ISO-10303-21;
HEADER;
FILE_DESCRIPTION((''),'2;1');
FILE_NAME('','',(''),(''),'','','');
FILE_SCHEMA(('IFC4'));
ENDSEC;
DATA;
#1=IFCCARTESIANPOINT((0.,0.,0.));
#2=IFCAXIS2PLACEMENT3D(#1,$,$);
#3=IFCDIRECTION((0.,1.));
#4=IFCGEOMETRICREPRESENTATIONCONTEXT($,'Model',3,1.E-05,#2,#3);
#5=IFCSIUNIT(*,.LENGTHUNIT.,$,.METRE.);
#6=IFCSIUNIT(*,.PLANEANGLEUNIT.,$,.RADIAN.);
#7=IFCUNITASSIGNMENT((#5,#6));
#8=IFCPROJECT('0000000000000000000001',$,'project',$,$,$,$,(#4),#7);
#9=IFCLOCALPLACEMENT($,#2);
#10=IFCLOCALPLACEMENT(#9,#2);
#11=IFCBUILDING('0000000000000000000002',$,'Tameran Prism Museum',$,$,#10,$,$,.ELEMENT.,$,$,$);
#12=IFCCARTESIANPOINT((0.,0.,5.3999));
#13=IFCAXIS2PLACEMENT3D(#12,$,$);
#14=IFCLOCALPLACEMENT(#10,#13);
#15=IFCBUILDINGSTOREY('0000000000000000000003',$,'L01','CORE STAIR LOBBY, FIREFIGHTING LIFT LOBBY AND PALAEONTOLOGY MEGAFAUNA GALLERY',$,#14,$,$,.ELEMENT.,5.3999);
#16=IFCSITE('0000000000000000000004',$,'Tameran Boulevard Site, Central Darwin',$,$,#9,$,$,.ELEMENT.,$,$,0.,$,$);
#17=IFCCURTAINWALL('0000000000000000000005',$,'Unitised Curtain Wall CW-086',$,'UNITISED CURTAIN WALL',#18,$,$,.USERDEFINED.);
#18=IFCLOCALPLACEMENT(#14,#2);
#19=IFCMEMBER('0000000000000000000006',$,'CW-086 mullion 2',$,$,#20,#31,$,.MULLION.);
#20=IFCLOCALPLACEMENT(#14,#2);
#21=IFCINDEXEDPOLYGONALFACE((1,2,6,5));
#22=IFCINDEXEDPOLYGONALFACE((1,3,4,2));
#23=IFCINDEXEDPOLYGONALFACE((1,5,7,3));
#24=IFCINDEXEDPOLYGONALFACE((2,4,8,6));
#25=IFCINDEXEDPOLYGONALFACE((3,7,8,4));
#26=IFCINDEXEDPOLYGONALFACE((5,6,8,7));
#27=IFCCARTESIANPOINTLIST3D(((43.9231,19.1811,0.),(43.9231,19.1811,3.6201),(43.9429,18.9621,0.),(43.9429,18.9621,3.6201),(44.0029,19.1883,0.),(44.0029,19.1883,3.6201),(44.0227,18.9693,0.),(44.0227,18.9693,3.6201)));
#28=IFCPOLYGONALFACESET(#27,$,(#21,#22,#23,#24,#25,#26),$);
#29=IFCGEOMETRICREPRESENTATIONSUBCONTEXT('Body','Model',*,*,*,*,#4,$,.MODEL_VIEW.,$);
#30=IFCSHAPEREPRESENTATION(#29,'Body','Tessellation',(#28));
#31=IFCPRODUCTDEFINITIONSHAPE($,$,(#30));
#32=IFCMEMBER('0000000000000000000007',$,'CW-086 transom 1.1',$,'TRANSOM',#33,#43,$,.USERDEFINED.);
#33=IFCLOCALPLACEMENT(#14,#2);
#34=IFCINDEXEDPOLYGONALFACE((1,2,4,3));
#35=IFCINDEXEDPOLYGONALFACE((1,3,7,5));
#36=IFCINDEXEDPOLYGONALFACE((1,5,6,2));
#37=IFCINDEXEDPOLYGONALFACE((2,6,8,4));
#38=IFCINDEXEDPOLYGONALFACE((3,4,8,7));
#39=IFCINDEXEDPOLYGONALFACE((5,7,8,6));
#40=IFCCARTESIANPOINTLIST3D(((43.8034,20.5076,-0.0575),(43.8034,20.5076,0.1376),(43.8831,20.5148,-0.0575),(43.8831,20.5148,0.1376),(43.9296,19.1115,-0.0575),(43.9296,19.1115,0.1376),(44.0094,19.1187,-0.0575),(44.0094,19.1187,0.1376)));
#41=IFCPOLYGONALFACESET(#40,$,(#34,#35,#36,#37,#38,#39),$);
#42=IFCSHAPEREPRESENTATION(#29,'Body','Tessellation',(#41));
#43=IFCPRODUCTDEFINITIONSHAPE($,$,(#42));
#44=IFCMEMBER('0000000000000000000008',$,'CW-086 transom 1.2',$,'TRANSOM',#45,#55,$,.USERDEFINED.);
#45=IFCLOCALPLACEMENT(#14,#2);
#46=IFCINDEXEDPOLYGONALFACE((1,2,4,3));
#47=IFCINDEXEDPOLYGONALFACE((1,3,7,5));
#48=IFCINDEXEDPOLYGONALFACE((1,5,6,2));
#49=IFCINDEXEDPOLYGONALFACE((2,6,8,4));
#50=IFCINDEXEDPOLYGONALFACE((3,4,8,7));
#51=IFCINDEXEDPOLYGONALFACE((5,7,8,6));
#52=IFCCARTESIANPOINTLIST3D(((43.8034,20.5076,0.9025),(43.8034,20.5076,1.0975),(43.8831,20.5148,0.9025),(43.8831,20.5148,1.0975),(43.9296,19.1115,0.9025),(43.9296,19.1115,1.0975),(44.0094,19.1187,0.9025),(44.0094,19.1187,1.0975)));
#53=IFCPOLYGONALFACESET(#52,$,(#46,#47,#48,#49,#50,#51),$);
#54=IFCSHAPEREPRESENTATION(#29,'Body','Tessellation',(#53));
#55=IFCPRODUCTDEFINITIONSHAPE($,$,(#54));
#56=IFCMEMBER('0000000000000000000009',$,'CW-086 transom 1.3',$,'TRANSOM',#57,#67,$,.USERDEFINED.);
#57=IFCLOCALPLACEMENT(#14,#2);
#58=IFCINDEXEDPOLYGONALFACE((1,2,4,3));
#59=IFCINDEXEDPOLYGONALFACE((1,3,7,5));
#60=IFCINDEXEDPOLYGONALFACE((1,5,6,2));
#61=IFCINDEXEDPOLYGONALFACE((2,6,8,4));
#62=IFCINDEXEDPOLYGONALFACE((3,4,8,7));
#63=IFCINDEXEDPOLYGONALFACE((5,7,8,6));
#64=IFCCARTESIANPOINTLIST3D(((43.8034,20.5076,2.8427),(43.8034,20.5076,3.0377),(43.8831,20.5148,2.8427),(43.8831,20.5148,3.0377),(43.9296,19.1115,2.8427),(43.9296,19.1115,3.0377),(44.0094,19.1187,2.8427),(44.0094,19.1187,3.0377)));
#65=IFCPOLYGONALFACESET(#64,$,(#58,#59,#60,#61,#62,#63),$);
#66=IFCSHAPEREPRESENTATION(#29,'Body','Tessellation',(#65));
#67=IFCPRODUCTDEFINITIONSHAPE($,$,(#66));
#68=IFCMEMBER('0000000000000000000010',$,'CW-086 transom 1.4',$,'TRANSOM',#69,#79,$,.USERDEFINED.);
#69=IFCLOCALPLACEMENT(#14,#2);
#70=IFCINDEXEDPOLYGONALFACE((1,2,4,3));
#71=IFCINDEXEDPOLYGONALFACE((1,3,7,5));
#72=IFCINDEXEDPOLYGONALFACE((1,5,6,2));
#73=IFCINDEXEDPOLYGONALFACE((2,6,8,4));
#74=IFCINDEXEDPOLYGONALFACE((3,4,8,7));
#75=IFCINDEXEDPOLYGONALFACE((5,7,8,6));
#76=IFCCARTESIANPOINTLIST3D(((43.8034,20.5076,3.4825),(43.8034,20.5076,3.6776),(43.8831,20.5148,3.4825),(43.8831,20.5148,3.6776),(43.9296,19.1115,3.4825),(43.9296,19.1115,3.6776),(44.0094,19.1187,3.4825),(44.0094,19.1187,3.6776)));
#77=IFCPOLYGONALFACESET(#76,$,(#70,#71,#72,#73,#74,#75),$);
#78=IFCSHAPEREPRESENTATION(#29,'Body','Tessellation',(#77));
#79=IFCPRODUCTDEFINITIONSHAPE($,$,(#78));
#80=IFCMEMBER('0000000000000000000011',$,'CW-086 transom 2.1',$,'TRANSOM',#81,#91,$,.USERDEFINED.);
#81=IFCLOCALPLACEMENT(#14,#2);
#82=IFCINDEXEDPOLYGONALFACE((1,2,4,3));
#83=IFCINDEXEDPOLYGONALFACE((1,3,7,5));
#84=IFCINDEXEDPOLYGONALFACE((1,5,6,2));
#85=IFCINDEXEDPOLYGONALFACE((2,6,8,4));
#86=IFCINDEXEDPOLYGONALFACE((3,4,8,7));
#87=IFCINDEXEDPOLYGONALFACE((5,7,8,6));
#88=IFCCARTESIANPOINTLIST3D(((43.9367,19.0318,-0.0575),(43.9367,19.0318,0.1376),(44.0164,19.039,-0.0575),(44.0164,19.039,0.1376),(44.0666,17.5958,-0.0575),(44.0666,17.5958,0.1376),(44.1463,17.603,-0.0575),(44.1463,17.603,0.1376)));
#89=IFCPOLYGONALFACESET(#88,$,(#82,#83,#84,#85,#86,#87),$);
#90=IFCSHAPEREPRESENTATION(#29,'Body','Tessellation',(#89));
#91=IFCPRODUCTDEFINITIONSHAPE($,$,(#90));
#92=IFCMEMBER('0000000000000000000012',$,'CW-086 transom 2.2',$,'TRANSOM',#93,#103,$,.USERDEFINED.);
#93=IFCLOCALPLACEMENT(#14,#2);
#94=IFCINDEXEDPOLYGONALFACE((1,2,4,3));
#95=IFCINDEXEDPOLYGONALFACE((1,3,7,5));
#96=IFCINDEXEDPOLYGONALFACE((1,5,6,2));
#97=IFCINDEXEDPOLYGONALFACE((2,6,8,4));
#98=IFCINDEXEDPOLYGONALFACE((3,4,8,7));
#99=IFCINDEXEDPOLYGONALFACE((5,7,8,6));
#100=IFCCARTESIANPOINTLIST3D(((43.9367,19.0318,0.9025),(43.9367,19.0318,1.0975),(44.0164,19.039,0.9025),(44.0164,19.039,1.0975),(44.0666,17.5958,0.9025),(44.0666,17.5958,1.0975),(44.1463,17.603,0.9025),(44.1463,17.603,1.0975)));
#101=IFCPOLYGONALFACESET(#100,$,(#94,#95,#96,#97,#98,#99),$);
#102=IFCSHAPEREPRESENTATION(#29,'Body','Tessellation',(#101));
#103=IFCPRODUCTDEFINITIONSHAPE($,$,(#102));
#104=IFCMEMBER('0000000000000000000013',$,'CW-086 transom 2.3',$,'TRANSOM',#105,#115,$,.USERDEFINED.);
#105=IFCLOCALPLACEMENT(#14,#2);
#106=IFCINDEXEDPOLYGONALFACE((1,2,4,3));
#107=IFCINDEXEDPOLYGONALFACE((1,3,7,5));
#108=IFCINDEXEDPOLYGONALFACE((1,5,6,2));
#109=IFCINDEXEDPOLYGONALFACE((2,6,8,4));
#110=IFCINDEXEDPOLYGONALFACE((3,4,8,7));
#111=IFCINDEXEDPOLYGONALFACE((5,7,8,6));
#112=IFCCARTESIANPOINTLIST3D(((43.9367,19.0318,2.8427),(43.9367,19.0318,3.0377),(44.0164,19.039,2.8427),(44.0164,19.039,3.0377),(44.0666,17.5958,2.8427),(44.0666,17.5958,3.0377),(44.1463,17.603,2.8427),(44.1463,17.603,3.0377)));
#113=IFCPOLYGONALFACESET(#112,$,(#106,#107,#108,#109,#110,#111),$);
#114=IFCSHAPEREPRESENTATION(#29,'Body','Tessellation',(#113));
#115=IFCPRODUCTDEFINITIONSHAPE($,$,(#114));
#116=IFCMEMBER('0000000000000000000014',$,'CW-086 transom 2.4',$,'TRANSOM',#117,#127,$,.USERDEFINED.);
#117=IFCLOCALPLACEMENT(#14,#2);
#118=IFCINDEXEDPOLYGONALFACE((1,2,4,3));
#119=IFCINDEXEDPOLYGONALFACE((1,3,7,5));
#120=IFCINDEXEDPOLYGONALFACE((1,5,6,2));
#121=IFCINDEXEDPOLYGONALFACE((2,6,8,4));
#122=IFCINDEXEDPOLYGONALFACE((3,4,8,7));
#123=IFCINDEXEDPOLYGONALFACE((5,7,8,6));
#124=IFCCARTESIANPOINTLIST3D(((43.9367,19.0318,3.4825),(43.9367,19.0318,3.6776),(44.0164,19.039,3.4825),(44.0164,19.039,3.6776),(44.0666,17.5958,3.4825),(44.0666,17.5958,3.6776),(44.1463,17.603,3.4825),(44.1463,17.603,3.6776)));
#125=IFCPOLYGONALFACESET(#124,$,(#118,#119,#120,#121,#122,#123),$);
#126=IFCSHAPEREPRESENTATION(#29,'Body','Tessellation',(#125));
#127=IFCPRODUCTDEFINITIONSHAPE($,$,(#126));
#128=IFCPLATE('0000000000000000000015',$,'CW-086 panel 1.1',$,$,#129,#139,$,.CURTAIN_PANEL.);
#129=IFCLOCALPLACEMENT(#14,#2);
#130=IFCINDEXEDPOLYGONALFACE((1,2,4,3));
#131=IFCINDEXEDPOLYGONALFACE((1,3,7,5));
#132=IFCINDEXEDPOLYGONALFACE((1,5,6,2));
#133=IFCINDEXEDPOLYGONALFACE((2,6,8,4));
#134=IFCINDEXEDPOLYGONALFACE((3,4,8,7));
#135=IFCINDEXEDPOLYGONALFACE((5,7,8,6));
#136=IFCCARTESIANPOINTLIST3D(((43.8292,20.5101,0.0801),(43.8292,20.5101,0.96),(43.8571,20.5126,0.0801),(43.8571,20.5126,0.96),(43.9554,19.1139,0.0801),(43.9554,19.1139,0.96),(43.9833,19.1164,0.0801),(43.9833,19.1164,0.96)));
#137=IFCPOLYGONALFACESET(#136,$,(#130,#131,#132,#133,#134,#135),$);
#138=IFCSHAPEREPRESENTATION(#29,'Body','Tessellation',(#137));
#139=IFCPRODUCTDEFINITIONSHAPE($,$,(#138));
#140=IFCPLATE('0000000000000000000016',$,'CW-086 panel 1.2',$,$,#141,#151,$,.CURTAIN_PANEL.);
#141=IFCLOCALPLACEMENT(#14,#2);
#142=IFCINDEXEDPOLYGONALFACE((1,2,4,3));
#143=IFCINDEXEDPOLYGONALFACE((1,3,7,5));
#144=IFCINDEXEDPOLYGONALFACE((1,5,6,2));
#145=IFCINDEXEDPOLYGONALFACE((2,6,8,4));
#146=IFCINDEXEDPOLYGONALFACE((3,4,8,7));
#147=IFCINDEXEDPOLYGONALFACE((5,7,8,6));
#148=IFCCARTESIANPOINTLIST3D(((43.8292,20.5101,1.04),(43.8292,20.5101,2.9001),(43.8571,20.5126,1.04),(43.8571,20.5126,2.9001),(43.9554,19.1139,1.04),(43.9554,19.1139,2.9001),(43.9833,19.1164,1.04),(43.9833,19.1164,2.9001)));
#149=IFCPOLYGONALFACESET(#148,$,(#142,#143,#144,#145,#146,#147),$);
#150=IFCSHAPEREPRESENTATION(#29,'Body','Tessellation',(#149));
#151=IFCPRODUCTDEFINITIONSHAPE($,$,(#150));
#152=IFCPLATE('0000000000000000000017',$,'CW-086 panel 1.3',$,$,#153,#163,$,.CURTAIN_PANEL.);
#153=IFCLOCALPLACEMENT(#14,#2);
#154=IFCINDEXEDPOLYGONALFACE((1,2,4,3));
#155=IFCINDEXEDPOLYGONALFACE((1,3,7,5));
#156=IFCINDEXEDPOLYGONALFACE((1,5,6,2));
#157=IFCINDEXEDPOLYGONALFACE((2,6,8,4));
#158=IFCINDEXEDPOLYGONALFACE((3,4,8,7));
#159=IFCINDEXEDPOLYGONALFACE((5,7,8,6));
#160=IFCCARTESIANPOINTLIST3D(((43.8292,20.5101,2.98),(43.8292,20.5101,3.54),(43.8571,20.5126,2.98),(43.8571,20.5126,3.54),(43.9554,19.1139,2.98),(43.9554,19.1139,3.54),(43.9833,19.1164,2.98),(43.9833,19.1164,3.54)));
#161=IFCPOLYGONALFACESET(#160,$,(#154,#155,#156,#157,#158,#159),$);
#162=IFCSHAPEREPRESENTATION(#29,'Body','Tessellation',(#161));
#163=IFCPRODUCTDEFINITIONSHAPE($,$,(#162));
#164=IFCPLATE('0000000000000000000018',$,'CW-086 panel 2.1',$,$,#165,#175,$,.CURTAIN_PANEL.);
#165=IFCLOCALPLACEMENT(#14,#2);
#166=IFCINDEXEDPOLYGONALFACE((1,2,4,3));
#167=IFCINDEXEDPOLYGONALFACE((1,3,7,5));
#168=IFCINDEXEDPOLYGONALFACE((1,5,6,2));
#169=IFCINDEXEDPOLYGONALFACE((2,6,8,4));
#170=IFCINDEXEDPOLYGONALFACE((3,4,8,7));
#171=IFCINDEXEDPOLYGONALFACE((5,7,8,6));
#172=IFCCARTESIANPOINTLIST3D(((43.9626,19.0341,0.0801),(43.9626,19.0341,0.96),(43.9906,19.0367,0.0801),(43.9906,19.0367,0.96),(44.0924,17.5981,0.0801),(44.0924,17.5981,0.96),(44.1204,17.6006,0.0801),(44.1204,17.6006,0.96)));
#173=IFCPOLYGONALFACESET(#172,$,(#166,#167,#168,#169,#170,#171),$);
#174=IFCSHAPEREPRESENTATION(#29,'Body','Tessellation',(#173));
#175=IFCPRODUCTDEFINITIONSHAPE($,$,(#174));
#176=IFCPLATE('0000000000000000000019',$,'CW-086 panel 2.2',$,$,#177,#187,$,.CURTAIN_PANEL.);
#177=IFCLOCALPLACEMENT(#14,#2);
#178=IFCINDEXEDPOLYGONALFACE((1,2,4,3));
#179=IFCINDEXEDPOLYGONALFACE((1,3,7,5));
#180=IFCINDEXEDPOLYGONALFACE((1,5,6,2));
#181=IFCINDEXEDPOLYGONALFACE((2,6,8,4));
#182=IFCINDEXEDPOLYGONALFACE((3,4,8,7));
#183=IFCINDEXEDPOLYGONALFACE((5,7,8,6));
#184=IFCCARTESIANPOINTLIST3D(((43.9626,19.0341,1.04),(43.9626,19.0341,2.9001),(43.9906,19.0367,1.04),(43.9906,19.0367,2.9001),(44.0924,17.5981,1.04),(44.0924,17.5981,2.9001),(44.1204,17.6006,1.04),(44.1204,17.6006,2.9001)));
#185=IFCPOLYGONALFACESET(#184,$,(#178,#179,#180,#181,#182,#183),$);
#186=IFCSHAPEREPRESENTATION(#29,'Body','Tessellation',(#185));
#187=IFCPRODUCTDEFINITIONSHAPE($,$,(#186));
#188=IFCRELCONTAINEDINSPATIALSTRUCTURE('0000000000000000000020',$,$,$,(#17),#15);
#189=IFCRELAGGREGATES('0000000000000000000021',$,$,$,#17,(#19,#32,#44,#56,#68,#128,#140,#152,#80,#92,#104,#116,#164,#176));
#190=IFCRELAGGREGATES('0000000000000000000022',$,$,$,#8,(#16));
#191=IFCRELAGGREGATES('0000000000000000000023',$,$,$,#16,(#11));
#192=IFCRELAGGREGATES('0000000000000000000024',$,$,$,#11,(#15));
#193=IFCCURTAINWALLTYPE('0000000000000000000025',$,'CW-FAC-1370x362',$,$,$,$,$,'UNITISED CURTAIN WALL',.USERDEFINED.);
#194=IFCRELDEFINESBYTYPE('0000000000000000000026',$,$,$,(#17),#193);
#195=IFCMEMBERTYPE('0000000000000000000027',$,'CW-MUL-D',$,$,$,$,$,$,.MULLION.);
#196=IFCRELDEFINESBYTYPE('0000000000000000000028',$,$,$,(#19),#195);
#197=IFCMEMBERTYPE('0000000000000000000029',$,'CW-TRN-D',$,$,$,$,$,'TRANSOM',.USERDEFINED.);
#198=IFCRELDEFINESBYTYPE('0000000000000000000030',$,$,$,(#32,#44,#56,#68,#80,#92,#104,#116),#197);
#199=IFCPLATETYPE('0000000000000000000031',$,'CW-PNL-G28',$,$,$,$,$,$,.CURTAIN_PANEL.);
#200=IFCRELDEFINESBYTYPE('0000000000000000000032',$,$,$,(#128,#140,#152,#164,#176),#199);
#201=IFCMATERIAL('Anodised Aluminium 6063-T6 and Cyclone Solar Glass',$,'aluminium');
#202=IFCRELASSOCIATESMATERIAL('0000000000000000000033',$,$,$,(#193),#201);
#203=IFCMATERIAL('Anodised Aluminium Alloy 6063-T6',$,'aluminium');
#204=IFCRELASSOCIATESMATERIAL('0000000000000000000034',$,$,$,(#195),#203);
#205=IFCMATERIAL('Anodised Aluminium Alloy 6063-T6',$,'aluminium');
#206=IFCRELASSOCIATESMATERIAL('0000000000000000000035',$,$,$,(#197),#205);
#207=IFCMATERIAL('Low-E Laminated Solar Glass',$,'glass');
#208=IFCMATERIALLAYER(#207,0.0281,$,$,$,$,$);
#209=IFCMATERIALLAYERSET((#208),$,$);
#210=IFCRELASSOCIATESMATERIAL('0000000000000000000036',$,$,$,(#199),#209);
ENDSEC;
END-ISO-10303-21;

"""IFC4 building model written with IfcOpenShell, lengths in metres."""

from ifc_helpers import new_model, si_unit, direction, frame, origin, origin_2d, place, context, subcontext, project, spatial, rectangle, extrude, material, layer, layer_set, material_profile, profile_set, type_object, element, aggregate, save


model = new_model("IFC4")

# Units and contexts
model_context = context("Model", 3, precision=1e-05, world=origin(), true_north=direction((0.0, 1.0)))
body_context = subcontext(model_context, "Body", "Model", "MODEL_VIEW")
ifc_project = project(units=[si_unit("LENGTHUNIT", "METRE"), si_unit("PLANEANGLEUNIT", "RADIAN")], contexts=[model_context])

# Site, building, storey
site_placement = place(None, origin())
site = spatial("IfcSite", under=ifc_project, at=site_placement, Name="Tameran Boulevard Site, Central Darwin", CompositionType="ELEMENT", RefElevation=0.0)
building_placement = place(site_placement, origin())
building = spatial("IfcBuilding", under=site, at=building_placement, Name="Tameran Prism Museum", CompositionType="ELEMENT")
storey_placement = place(building_placement, frame((0.0, 0.0, 5.3999)))
storey = spatial("IfcBuildingStorey", under=building, at=storey_placement, Name="L01", Description="CORE STAIR LOBBY, FIREFIGHTING LIFT LOBBY AND PALAEONTOLOGY MEGAFAUNA GALLERY", CompositionType="ELEMENT", Elevation=5.3999)

# Curtain wall, members, plates
ifc_material_1 = material(Name="Anodised Aluminium 6063-T6 and Cyclone Solar Glass", Category="aluminium")
curtain_wall_type = type_object("IfcCurtainWallType", Name="CW-FAC-1370x362", ElementType="UNITISED CURTAIN WALL", PredefinedType="USERDEFINED", material=ifc_material_1)
curtain_wall_placement = place(storey_placement, origin())
curtain_wall = element("IfcCurtainWall", 1, at=curtain_wall_placement, inside=storey, type_object=curtain_wall_type, Name="Unitised Curtain Wall CW-086", ObjectType="UNITISED CURTAIN WALL", PredefinedType="USERDEFINED")
ifc_material_2 = material(Name="Anodised Aluminium Alloy 6063-T6", Category="aluminium")
ifc_material_profile_1 = material_profile(ifc_material_2, rectangle(XDim=0.0801, YDim=0.22, at=origin_2d()))
ifc_profile_set_1 = profile_set([ifc_material_profile_1])
member_type_1 = type_object("IfcMemberType", Name="CW-MUL-D", PredefinedType="MULLION", material=ifc_profile_set_1)
member_1_placement = place(storey_placement, frame((43.9729, 19.0752, 0.0), z_axis=(0.0, 0.0, 1.0), x_axis=(0.99594, 0.090016, 0.0)))
member_1 = element("IfcMember", 2, at=member_1_placement, type_object=member_type_1, Name="CW-086 mullion 2", PredefinedType="MULLION", context=body_context, shape_type="SweptSolid", body=[
    extrude(rectangle(XDim=0.0801, YDim=0.22, at=origin_2d()), origin(), (0.0, 0.0, 1.0), 3.6201),
])
ifc_material_3 = material(Name="Anodised Aluminium Alloy 6063-T6", Category="aluminium")
ifc_material_profile_2 = material_profile(ifc_material_3, rectangle(XDim=0.0801, YDim=0.1951, at=origin_2d()))
ifc_profile_set_2 = profile_set([ifc_material_profile_2])
member_type_2 = type_object("IfcMemberType", Name="CW-TRN-D", ElementType="TRANSOM", PredefinedType="USERDEFINED", material=ifc_profile_set_2)
member_2_placement = place(storey_placement, frame((43.8433, 20.5112, 0.04), z_axis=(0.090033, -0.995939, 0.0), x_axis=(0.995939, 0.090033, 0.0)))
member_2 = element("IfcMember", 3, at=member_2_placement, type_object=member_type_2, Name="CW-086 transom 1.1", ObjectType="TRANSOM", PredefinedType="USERDEFINED", context=body_context, shape_type="SweptSolid", body=[
    extrude(rectangle(XDim=0.0801, YDim=0.1951, at=origin_2d()), origin(), (0.0, 0.0, 1.0), 1.4019),
])
member_3_placement = place(storey_placement, frame((43.8433, 20.5112, 1.0), z_axis=(0.090033, -0.995939, 0.0), x_axis=(0.995939, 0.090033, 0.0)))
member_3 = element("IfcMember", 4, at=member_3_placement, type_object=member_type_2, Name="CW-086 transom 1.2", ObjectType="TRANSOM", PredefinedType="USERDEFINED", context=body_context, shape_type="SweptSolid", body=[
    extrude(rectangle(XDim=0.0801, YDim=0.1951, at=origin_2d()), origin(), (0.0, 0.0, 1.0), 1.4019),
])
member_4_placement = place(storey_placement, frame((43.8433, 20.5112, 2.9402), z_axis=(0.090033, -0.995939, 0.0), x_axis=(0.995939, 0.090033, 0.0)))
member_4 = element("IfcMember", 5, at=member_4_placement, type_object=member_type_2, Name="CW-086 transom 1.3", ObjectType="TRANSOM", PredefinedType="USERDEFINED", context=body_context, shape_type="SweptSolid", body=[
    extrude(rectangle(XDim=0.0801, YDim=0.1951, at=origin_2d()), origin(), (0.0, 0.0, 1.0), 1.4019),
])
member_5_placement = place(storey_placement, frame((43.8433, 20.5112, 3.5801), z_axis=(0.090033, -0.995939, 0.0), x_axis=(0.995939, 0.090033, 0.0)))
member_5 = element("IfcMember", 6, at=member_5_placement, type_object=member_type_2, Name="CW-086 transom 1.4", ObjectType="TRANSOM", PredefinedType="USERDEFINED", context=body_context, shape_type="SweptSolid", body=[
    extrude(rectangle(XDim=0.0801, YDim=0.1951, at=origin_2d()), origin(), (0.0, 0.0, 1.0), 1.4019),
])
member_6_placement = place(storey_placement, frame((43.9766, 19.0354, 0.04), z_axis=(0.090078, -0.995935, 0.0), x_axis=(0.995935, 0.090078, 0.0)))
member_6 = element("IfcMember", 7, at=member_6_placement, type_object=member_type_2, Name="CW-086 transom 2.1", ObjectType="TRANSOM", PredefinedType="USERDEFINED", context=body_context, shape_type="SweptSolid", body=[
    extrude(rectangle(XDim=0.0801, YDim=0.1951, at=origin_2d()), origin(), (0.0, 0.0, 1.0), 1.4419),
])
member_7_placement = place(storey_placement, frame((43.9766, 19.0354, 1.0), z_axis=(0.090078, -0.995935, 0.0), x_axis=(0.995935, 0.090078, 0.0)))
member_7 = element("IfcMember", 8, at=member_7_placement, type_object=member_type_2, Name="CW-086 transom 2.2", ObjectType="TRANSOM", PredefinedType="USERDEFINED", context=body_context, shape_type="SweptSolid", body=[
    extrude(rectangle(XDim=0.0801, YDim=0.1951, at=origin_2d()), origin(), (0.0, 0.0, 1.0), 1.4419),
])
member_8_placement = place(storey_placement, frame((43.9766, 19.0354, 2.9402), z_axis=(0.090078, -0.995935, 0.0), x_axis=(0.995935, 0.090078, 0.0)))
member_8 = element("IfcMember", 9, at=member_8_placement, type_object=member_type_2, Name="CW-086 transom 2.3", ObjectType="TRANSOM", PredefinedType="USERDEFINED", context=body_context, shape_type="SweptSolid", body=[
    extrude(rectangle(XDim=0.0801, YDim=0.1951, at=origin_2d()), origin(), (0.0, 0.0, 1.0), 1.4419),
])
member_9_placement = place(storey_placement, frame((43.9766, 19.0354, 3.5801), z_axis=(0.090078, -0.995935, 0.0), x_axis=(0.995935, 0.090078, 0.0)))
member_9 = element("IfcMember", 10, at=member_9_placement, type_object=member_type_2, Name="CW-086 transom 2.4", ObjectType="TRANSOM", PredefinedType="USERDEFINED", context=body_context, shape_type="SweptSolid", body=[
    extrude(rectangle(XDim=0.0801, YDim=0.1951, at=origin_2d()), origin(), (0.0, 0.0, 1.0), 1.4419),
])
ifc_material_4 = material(Name="Low-E Laminated Solar Glass", Category="glass")
ifc_layer_1 = layer(ifc_material_4, 0.0281)
ifc_layer_set_1 = layer_set([ifc_layer_1])
plate_type = type_object("IfcPlateType", Name="CW-PNL-G28", PredefinedType="CURTAIN_PANEL", material=ifc_layer_set_1)
plate_1_placement = place(storey_placement, frame((43.9062, 19.8132, 0.0801), z_axis=(0.0, 0.0, 1.0), x_axis=(0.090016, -0.99594, 0.0)))
plate_1 = element("IfcPlate", 11, at=plate_1_placement, type_object=plate_type, Name="CW-086 panel 1.1", PredefinedType="CURTAIN_PANEL", context=body_context, shape_type="SweptSolid", body=[
    extrude(rectangle(XDim=1.4019, YDim=0.0281, at=origin_2d()), origin(), (0.0, 0.0, 1.0), 0.8799),
])
plate_2_placement = place(storey_placement, frame((43.9062, 19.8132, 1.04), z_axis=(0.0, 0.0, 1.0), x_axis=(0.090016, -0.99594, 0.0)))
plate_2 = element("IfcPlate", 12, at=plate_2_placement, type_object=plate_type, Name="CW-086 panel 1.2", PredefinedType="CURTAIN_PANEL", context=body_context, shape_type="SweptSolid", body=[
    extrude(rectangle(XDim=1.4019, YDim=0.0281, at=origin_2d()), origin(), (0.0, 0.0, 1.0), 1.8601),
])
plate_3_placement = place(storey_placement, frame((43.9062, 19.8132, 2.98), z_axis=(0.0, 0.0, 1.0), x_axis=(0.090016, -0.99594, 0.0)))
plate_3 = element("IfcPlate", 13, at=plate_3_placement, type_object=plate_type, Name="CW-086 panel 1.3", PredefinedType="CURTAIN_PANEL", context=body_context, shape_type="SweptSolid", body=[
    extrude(rectangle(XDim=1.4019, YDim=0.0281, at=origin_2d()), origin(), (0.0, 0.0, 1.0), 0.5601),
])
plate_4_placement = place(storey_placement, frame((44.0415, 18.3174, 0.0801), z_axis=(0.0, 0.0, 1.0), x_axis=(0.090016, -0.99594, 0.0)))
plate_4 = element("IfcPlate", 14, at=plate_4_placement, type_object=plate_type, Name="CW-086 panel 2.1", PredefinedType="CURTAIN_PANEL", context=body_context, shape_type="SweptSolid", body=[
    extrude(rectangle(XDim=1.4419, YDim=0.0281, at=origin_2d()), origin(), (0.0, 0.0, 1.0), 0.8799),
])
plate_5_placement = place(storey_placement, frame((44.0415, 18.3174, 1.04), z_axis=(0.0, 0.0, 1.0), x_axis=(0.090016, -0.99594, 0.0)))
plate_5 = element("IfcPlate", 15, at=plate_5_placement, type_object=plate_type, Name="CW-086 panel 2.2", PredefinedType="CURTAIN_PANEL", context=body_context, shape_type="SweptSolid", body=[
    extrude(rectangle(XDim=1.4419, YDim=0.0281, at=origin_2d()), origin(), (0.0, 0.0, 1.0), 1.8601),
])
aggregate(curtain_wall, [member_1, member_2, member_3, member_4, member_5, plate_1, plate_2, plate_3, member_6, member_7, member_8, member_9, plate_4, plate_5])

save(model, "model.ifc")
